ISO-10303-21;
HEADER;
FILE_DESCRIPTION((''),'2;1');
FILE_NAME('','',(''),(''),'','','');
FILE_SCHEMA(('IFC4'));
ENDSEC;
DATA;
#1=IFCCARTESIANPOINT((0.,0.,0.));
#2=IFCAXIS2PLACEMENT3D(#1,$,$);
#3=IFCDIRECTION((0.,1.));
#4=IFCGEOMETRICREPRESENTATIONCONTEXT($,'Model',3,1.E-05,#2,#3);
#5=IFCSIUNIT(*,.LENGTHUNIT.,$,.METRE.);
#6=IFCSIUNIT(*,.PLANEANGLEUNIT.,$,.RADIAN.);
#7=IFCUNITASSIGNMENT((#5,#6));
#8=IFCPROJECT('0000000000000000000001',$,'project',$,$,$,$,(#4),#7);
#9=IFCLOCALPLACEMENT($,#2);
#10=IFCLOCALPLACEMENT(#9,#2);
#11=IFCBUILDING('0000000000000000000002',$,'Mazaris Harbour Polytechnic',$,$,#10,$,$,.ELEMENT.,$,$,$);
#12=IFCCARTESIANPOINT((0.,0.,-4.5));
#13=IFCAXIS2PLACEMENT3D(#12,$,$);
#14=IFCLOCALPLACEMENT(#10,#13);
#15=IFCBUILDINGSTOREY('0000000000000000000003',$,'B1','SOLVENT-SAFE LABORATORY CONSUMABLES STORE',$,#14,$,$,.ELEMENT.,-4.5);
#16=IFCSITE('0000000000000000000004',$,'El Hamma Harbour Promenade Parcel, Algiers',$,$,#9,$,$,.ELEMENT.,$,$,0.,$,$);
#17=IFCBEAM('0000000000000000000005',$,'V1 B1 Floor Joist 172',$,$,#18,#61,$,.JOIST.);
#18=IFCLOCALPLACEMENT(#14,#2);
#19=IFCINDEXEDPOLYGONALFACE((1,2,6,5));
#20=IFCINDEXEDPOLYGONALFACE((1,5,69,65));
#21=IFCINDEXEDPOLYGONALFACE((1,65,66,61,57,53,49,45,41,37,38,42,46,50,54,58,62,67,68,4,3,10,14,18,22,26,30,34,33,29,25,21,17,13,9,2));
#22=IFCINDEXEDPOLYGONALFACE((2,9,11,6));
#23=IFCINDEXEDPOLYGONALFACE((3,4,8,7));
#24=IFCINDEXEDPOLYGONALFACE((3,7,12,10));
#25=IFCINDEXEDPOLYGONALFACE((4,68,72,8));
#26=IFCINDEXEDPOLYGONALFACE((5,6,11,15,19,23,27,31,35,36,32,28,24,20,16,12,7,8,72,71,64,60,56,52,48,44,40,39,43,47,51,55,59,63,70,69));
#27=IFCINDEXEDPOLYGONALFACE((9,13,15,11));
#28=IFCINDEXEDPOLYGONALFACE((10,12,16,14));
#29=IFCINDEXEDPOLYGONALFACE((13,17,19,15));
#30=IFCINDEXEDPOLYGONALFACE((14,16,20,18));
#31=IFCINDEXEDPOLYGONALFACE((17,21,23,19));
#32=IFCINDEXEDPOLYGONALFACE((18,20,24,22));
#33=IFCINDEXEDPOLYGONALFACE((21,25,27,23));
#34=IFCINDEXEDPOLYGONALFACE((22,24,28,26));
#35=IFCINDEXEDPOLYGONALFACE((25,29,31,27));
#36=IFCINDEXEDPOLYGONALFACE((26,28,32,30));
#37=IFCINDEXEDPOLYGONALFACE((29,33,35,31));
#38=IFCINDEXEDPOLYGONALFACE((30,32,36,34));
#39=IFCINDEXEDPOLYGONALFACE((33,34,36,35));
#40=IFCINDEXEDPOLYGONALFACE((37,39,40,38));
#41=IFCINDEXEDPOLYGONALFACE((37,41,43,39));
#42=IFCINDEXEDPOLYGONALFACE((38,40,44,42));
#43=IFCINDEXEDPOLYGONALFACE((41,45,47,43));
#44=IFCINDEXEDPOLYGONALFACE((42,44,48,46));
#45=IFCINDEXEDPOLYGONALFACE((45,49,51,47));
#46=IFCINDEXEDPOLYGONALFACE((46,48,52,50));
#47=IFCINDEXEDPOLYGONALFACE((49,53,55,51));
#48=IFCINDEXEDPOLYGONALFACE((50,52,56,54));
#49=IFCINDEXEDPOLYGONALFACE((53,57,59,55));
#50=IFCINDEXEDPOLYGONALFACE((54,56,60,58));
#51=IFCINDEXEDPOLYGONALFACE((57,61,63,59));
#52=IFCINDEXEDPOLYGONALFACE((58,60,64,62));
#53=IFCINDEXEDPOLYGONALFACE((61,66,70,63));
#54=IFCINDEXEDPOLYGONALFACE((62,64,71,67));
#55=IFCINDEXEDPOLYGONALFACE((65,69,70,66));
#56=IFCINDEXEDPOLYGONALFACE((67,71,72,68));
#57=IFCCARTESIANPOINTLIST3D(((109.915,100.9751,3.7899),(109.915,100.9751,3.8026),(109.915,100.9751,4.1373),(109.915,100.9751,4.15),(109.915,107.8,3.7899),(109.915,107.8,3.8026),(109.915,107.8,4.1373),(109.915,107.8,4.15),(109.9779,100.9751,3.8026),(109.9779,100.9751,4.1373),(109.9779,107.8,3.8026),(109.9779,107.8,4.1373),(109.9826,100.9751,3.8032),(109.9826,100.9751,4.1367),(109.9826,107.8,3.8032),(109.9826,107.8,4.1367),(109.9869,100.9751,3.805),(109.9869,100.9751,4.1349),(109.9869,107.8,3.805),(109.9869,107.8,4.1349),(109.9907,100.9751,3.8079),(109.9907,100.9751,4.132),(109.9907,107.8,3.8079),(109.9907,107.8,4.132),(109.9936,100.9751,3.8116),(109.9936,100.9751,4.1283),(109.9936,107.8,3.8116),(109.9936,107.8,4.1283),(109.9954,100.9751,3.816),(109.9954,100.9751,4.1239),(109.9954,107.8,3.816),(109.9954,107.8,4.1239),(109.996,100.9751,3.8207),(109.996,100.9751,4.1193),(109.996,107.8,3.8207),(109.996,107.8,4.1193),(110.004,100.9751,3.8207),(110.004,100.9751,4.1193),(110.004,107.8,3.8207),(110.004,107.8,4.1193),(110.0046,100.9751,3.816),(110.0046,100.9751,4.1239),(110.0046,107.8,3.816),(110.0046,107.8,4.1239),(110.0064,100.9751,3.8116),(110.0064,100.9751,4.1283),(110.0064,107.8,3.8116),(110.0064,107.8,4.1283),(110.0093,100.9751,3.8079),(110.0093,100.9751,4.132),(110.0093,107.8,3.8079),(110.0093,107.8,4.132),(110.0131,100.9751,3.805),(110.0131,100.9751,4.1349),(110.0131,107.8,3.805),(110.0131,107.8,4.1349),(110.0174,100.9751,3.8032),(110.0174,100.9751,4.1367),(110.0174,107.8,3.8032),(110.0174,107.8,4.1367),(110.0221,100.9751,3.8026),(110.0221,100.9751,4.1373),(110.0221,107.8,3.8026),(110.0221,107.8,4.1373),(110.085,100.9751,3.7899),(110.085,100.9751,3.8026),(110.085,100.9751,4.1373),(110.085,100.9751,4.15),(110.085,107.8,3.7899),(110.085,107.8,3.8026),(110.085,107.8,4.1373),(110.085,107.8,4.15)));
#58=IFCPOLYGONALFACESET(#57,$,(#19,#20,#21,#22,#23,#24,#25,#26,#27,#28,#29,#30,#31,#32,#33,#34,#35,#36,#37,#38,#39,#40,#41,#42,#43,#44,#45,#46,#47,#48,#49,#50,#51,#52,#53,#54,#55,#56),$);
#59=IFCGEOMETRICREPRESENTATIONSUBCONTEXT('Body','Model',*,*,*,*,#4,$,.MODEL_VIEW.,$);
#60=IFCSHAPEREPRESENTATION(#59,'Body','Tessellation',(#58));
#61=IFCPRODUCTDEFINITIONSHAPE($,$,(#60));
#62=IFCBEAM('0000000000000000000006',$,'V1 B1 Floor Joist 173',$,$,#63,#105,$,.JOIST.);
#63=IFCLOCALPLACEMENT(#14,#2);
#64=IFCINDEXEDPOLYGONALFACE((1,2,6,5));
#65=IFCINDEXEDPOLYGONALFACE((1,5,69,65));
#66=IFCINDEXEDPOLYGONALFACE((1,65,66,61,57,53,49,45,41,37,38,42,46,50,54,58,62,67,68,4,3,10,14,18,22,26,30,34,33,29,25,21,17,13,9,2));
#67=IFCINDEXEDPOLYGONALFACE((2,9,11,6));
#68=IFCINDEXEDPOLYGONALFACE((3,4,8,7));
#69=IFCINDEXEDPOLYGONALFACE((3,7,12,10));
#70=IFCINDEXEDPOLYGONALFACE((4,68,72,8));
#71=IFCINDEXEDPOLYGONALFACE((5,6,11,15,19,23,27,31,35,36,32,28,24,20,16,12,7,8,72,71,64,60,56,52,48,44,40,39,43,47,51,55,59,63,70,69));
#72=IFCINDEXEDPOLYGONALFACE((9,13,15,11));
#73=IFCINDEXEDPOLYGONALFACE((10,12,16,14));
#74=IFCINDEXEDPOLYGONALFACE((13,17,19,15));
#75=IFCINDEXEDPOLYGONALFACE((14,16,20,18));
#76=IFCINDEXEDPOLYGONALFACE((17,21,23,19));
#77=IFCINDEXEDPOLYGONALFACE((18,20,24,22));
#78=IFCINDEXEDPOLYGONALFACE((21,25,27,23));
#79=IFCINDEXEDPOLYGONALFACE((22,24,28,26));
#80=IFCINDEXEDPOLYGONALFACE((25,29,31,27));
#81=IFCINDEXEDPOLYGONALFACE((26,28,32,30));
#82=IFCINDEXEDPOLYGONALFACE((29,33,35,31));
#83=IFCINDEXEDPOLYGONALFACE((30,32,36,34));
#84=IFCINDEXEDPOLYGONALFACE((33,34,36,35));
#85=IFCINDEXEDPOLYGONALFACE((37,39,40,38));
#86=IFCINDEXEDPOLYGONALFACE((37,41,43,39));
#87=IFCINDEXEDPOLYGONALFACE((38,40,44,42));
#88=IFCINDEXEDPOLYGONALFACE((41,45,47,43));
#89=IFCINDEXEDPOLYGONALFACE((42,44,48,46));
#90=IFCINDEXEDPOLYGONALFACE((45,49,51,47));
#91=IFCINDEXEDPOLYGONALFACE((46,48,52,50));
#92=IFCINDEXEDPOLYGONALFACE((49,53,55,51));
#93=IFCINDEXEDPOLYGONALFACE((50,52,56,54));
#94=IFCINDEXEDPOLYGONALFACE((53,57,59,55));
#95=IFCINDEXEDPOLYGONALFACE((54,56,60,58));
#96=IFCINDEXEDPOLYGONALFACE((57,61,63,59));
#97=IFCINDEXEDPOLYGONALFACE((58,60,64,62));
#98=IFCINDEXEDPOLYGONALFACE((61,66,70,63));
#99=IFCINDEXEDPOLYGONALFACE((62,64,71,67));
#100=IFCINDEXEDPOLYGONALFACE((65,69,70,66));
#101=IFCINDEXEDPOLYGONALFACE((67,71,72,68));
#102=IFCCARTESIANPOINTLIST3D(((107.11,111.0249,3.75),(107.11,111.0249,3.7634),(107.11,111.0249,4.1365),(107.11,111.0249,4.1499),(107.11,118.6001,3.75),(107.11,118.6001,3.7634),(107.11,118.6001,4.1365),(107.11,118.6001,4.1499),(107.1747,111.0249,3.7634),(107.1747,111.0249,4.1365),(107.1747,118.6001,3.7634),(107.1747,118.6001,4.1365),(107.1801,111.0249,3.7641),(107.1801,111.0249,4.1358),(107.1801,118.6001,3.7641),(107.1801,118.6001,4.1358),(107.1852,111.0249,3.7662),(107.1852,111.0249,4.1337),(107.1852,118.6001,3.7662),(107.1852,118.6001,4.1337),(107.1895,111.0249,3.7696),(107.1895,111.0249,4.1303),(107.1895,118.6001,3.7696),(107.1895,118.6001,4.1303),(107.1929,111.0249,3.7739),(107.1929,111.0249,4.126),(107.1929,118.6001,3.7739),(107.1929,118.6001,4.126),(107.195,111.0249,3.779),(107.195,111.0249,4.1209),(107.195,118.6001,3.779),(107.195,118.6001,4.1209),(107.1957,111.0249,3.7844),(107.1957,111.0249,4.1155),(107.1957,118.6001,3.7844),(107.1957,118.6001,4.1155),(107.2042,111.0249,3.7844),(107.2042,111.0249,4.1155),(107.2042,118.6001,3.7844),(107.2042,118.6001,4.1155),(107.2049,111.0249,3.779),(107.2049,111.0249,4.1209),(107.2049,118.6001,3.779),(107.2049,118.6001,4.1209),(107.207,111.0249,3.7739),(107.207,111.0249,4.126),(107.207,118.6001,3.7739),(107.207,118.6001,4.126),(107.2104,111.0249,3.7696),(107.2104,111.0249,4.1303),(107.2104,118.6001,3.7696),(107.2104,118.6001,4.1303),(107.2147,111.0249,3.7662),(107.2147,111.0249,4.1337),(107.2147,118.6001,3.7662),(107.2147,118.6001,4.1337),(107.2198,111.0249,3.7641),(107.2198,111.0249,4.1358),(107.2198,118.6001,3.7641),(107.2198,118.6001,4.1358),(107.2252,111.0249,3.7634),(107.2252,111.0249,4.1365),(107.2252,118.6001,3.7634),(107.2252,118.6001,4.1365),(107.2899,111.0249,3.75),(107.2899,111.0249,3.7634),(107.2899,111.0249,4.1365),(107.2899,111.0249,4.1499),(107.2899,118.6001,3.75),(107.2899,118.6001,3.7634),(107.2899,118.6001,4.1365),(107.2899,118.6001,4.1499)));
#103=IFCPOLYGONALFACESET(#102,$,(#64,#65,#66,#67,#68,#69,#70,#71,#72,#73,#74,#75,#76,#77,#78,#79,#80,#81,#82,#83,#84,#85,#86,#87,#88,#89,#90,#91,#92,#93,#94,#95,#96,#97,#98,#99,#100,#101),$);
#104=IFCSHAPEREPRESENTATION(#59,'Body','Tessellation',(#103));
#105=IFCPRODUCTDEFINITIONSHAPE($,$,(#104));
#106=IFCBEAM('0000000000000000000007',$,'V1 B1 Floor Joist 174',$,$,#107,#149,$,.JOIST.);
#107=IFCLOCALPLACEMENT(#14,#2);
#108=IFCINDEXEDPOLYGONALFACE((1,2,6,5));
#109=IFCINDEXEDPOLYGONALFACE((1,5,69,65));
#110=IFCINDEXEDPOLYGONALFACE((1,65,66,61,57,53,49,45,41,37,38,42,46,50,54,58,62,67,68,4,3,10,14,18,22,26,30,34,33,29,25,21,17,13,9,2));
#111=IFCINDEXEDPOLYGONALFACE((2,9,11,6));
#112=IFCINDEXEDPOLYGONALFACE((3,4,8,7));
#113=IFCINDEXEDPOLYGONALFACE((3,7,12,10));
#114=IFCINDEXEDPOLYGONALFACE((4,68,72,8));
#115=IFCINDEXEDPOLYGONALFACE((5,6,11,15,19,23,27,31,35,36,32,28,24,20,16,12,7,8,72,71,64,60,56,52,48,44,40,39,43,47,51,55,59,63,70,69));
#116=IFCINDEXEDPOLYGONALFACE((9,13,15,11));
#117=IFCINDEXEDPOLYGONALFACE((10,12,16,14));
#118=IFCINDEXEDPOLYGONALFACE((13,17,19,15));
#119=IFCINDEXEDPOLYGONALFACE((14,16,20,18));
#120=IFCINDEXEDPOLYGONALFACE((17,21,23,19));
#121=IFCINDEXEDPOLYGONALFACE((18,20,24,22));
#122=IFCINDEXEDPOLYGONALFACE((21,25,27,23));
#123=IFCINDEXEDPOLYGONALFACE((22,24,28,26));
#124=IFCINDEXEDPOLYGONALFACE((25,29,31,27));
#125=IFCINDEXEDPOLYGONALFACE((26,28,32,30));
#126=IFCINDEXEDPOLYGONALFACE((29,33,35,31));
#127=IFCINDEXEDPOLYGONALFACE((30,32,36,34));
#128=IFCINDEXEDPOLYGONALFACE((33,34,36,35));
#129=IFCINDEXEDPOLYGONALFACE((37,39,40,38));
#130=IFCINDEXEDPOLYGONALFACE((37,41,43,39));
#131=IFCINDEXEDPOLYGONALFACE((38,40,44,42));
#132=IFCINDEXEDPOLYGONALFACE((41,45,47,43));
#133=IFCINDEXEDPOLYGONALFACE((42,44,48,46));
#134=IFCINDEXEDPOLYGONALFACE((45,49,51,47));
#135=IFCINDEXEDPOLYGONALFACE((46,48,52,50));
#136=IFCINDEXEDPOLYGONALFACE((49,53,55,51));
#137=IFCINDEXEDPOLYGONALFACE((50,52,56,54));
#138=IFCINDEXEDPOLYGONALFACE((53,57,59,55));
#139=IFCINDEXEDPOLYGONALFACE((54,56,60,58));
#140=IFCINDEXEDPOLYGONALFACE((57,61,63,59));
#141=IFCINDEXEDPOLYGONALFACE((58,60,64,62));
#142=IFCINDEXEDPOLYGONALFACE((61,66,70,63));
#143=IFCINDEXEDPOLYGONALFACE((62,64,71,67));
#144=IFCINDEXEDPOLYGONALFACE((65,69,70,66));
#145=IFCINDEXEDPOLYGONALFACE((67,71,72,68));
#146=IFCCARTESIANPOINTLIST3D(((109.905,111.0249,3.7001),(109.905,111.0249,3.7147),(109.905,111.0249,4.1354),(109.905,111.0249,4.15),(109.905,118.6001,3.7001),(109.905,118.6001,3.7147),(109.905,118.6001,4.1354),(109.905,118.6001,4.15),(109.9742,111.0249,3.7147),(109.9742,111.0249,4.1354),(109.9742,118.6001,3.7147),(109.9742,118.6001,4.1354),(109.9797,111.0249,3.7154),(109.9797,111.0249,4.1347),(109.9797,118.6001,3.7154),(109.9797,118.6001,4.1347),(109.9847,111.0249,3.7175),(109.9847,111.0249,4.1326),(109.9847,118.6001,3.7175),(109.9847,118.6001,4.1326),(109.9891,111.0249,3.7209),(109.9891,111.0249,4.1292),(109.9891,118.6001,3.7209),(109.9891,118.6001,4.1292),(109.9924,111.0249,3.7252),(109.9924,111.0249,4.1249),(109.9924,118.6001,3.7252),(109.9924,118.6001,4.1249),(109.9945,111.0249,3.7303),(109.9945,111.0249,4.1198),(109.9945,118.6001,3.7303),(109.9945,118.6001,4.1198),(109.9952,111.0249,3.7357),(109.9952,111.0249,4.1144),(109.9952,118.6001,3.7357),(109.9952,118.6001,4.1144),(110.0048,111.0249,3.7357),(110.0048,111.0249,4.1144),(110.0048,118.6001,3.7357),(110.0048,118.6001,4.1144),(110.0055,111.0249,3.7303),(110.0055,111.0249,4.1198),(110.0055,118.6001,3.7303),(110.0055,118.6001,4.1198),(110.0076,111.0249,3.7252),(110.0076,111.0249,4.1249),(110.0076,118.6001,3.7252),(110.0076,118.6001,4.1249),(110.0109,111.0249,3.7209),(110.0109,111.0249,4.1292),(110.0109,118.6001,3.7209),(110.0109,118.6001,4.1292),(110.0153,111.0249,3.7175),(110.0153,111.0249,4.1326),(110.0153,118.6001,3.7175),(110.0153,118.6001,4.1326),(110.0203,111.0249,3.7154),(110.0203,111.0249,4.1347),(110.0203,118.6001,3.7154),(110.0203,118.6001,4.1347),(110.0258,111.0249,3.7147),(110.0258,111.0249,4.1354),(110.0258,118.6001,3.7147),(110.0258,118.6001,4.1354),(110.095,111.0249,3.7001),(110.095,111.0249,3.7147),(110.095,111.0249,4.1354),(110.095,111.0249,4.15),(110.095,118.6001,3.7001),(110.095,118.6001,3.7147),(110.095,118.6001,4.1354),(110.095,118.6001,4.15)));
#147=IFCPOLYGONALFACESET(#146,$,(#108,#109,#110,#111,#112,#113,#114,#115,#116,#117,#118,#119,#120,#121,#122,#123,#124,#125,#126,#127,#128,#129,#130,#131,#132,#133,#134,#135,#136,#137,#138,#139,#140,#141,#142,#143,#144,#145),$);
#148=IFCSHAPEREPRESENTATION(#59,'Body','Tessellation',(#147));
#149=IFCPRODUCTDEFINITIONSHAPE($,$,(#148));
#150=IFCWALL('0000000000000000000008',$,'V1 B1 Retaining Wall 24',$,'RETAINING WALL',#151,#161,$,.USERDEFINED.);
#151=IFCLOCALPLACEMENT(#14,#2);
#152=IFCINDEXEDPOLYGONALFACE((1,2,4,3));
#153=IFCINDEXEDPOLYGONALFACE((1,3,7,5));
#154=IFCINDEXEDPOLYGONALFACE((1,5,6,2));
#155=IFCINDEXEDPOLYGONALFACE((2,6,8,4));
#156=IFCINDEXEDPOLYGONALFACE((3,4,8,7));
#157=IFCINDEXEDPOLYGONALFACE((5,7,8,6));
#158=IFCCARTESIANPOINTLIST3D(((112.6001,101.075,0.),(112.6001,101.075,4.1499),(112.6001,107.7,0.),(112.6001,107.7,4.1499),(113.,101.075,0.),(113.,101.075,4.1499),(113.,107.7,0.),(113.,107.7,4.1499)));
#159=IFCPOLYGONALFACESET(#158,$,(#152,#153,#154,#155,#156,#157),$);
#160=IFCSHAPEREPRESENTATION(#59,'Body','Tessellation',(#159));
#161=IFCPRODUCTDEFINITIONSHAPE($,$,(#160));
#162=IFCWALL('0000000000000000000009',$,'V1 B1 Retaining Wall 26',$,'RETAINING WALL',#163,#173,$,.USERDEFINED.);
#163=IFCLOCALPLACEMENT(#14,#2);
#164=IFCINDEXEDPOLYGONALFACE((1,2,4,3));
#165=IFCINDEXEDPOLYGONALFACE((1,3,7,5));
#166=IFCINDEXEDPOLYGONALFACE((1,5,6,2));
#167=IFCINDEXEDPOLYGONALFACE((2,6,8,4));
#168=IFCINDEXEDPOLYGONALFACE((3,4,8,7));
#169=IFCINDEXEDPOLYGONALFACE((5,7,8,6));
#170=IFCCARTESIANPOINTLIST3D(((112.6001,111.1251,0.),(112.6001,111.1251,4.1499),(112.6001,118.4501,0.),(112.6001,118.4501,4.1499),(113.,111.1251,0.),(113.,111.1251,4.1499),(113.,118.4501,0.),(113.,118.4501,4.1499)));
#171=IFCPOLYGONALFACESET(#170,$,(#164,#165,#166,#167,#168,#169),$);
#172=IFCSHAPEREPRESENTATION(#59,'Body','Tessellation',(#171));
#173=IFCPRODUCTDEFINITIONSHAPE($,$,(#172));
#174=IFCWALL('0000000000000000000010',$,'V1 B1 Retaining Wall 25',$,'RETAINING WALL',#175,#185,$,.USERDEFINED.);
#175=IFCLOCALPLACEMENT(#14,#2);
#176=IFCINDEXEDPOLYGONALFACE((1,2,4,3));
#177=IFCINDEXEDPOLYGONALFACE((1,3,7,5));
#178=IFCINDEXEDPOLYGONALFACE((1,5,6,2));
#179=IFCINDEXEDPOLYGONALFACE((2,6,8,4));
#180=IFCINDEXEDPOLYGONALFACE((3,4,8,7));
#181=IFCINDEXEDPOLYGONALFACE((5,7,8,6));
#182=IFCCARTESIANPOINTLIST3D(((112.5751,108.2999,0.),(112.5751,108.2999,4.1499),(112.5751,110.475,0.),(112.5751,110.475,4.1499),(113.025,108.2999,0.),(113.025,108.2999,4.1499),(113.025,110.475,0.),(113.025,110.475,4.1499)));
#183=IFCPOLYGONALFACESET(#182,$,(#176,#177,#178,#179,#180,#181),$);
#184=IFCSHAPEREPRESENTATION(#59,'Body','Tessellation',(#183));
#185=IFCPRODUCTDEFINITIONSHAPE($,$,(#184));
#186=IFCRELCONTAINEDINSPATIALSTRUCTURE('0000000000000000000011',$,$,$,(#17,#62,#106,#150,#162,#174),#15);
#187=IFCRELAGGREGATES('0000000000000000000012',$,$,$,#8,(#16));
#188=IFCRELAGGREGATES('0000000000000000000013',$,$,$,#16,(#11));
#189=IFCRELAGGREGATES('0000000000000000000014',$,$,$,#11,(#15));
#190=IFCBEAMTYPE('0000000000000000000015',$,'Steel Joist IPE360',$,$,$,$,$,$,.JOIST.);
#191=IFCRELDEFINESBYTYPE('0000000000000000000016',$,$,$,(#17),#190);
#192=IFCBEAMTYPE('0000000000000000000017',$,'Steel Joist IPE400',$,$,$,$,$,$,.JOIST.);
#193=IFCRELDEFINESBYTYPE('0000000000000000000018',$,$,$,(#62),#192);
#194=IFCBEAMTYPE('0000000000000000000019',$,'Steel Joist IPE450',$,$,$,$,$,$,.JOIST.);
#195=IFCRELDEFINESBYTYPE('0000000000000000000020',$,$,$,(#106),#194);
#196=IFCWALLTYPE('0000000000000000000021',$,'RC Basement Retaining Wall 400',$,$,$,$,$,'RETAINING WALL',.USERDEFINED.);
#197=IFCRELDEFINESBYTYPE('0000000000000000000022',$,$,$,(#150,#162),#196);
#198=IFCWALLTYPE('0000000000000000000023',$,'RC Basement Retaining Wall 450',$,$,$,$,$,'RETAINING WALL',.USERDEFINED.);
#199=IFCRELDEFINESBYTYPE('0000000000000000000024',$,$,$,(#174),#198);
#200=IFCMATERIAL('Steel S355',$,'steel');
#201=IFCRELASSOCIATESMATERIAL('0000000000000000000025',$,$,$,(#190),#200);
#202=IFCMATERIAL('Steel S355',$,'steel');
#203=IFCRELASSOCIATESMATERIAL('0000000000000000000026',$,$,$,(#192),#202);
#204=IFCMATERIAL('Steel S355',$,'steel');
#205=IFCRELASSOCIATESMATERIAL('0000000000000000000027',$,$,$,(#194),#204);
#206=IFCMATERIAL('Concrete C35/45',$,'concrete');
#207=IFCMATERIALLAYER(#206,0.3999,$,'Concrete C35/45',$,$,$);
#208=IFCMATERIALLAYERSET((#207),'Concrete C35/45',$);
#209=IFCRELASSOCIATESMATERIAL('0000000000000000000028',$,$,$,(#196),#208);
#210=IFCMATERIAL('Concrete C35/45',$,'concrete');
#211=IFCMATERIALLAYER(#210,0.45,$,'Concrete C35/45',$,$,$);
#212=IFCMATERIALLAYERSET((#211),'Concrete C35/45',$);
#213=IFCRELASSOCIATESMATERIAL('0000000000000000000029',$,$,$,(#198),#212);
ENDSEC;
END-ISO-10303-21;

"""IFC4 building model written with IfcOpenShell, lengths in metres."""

from ifc_helpers import new_model, si_unit, direction, frame, frame_2d, origin, origin_2d, place, context, subcontext, project, spatial, rectangle, i_section, extrude, material, layer, layer_set, material_profile, profile_set, type_object, element, save


model = new_model("IFC4")

# Units and contexts
model_context = context("Model", 3, precision=1e-05, world=origin(), true_north=direction((0.0, 1.0)))
body_context = subcontext(model_context, "Body", "Model", "MODEL_VIEW")
ifc_project = project(units=[si_unit("LENGTHUNIT", "METRE"), si_unit("PLANEANGLEUNIT", "RADIAN")], contexts=[model_context])

# Site, building, storey
site_placement = place(None, origin())
site = spatial("IfcSite", under=ifc_project, at=site_placement, Name="El Hamma Harbour Promenade Parcel, Algiers", CompositionType="ELEMENT", RefElevation=0.0)
building_placement = place(site_placement, origin())
building = spatial("IfcBuilding", under=site, at=building_placement, Name="Mazaris Harbour Polytechnic", CompositionType="ELEMENT")
storey_placement = place(building_placement, frame((0.0, 0.0, -4.5)))
storey = spatial("IfcBuildingStorey", under=building, at=storey_placement, Name="B1", Description="SOLVENT-SAFE LABORATORY CONSUMABLES STORE", CompositionType="ELEMENT", Elevation=-4.5)

# Beams
ifc_material_1 = material(Name="Steel S355", Category="steel")
ifc_material_profile_1 = material_profile(ifc_material_1, i_section(OverallWidth=0.1699, OverallDepth=0.3601, WebThickness=0.0081, FlangeThickness=0.0127, FilletRadius=0.0181, at=origin_2d()), Name="IPE 360")
ifc_profile_set_1 = profile_set([ifc_material_profile_1], Name="Steel S355")
beam_type_1 = type_object("IfcBeamType", Name="Steel Joist IPE360", PredefinedType="JOIST", material=ifc_profile_set_1)
beam_1_placement = place(storey_placement, frame((110.0, 100.9751, 3.97), z_axis=(0.0, 1.0, 0.0), x_axis=(-1.0, 0.0, 0.0)))
element("IfcBeam", 1, at=beam_1_placement, inside=storey, type_object=beam_type_1, Name="V1 B1 Floor Joist 172", PredefinedType="JOIST", context=body_context, shape_type="SweptSolid", body=[
    extrude(i_section(OverallWidth=0.1699, OverallDepth=0.3601, WebThickness=0.0081, FlangeThickness=0.0127, FilletRadius=0.0181, at=origin_2d()), origin(), (0.0, 0.0, 1.0), 6.825),
])
ifc_material_2 = material(Name="Steel S355", Category="steel")
ifc_material_profile_2 = material_profile(ifc_material_2, i_section(OverallWidth=0.1799, OverallDepth=0.3999, WebThickness=0.0085, FlangeThickness=0.0134, FilletRadius=0.021, at=origin_2d()), Name="IPE 400")
ifc_profile_set_2 = profile_set([ifc_material_profile_2], Name="Steel S355")
beam_type_2 = type_object("IfcBeamType", Name="Steel Joist IPE400", PredefinedType="JOIST", material=ifc_profile_set_2)
beam_2_placement = place(storey_placement, frame((107.2, 111.0249, 3.95), z_axis=(0.0, 1.0, 0.0), x_axis=(-1.0, 0.0, 0.0)))
element("IfcBeam", 2, at=beam_2_placement, inside=storey, type_object=beam_type_2, Name="V1 B1 Floor Joist 173", PredefinedType="JOIST", context=body_context, shape_type="SweptSolid", body=[
    extrude(i_section(OverallWidth=0.1799, OverallDepth=0.3999, WebThickness=0.0085, FlangeThickness=0.0134, FilletRadius=0.021, at=origin_2d()), origin(), (0.0, 0.0, 1.0), 7.5752),
])
ifc_material_3 = material(Name="Steel S355", Category="steel")
ifc_material_profile_3 = material_profile(ifc_material_3, i_section(OverallWidth=0.1899, OverallDepth=0.45, WebThickness=0.0095, FlangeThickness=0.0146, FilletRadius=0.021, at=origin_2d()), Name="IPE 450")
ifc_profile_set_3 = profile_set([ifc_material_profile_3], Name="Steel S355")
beam_type_3 = type_object("IfcBeamType", Name="Steel Joist IPE450", PredefinedType="JOIST", material=ifc_profile_set_3)
beam_3_placement = place(storey_placement, frame((110.0, 111.0249, 3.925), z_axis=(0.0, 1.0, 0.0), x_axis=(-1.0, 0.0, 0.0)))
element("IfcBeam", 3, at=beam_3_placement, inside=storey, type_object=beam_type_3, Name="V1 B1 Floor Joist 174", PredefinedType="JOIST", context=body_context, shape_type="SweptSolid", body=[
    extrude(i_section(OverallWidth=0.1899, OverallDepth=0.45, WebThickness=0.0095, FlangeThickness=0.0146, FilletRadius=0.021, at=origin_2d()), origin(), (0.0, 0.0, 1.0), 7.5752),
])

# Walls
ifc_material_4 = material(Name="Concrete C35/45", Category="concrete")
ifc_layer_1 = layer(ifc_material_4, 0.3999, Name="Concrete C35/45")
ifc_layer_set_1 = layer_set([ifc_layer_1], Name="Concrete C35/45")
wall_type_1 = type_object("IfcWallType", Name="RC Basement Retaining Wall 400", ElementType="RETAINING WALL", PredefinedType="USERDEFINED", material=ifc_layer_set_1)
wall_1_placement = place(storey_placement, frame((112.8, 101.075, 0.0), z_axis=(0.0, 0.0, 1.0), x_axis=(0.0, 1.0, 0.0)))
element("IfcWall", 4, at=wall_1_placement, inside=storey, type_object=wall_type_1, Name="V1 B1 Retaining Wall 24", ObjectType="RETAINING WALL", PredefinedType="USERDEFINED", context=body_context, shape_type="SweptSolid", body=[
    extrude(rectangle(XDim=6.625, YDim=0.3999, at=frame_2d((3.3125, 0.0))), origin(), (0.0, 0.0, 1.0), 4.1499),
])
wall_2_placement = place(storey_placement, frame((112.8, 111.125, 0.0), z_axis=(0.0, 0.0, 1.0), x_axis=(0.0, 1.0, 0.0)))
element("IfcWall", 5, at=wall_2_placement, inside=storey, type_object=wall_type_1, Name="V1 B1 Retaining Wall 26", ObjectType="RETAINING WALL", PredefinedType="USERDEFINED", context=body_context, shape_type="SweptSolid", body=[
    extrude(rectangle(XDim=7.325, YDim=0.3999, at=frame_2d((3.6626, 0.0))), origin(), (0.0, 0.0, 1.0), 4.1499),
])
ifc_material_5 = material(Name="Concrete C35/45", Category="concrete")
ifc_layer_2 = layer(ifc_material_5, 0.45, Name="Concrete C35/45")
ifc_layer_set_2 = layer_set([ifc_layer_2], Name="Concrete C35/45")
wall_type_2 = type_object("IfcWallType", Name="RC Basement Retaining Wall 450", ElementType="RETAINING WALL", PredefinedType="USERDEFINED", material=ifc_layer_set_2)
wall_3_placement = place(storey_placement, frame((112.8, 108.3, 0.0), z_axis=(0.0, 0.0, 1.0), x_axis=(0.0, 1.0, 0.0)))
element("IfcWall", 6, at=wall_3_placement, inside=storey, type_object=wall_type_2, Name="V1 B1 Retaining Wall 25", ObjectType="RETAINING WALL", PredefinedType="USERDEFINED", context=body_context, shape_type="SweptSolid", body=[
    extrude(rectangle(XDim=2.175, YDim=0.45, at=frame_2d((1.0874, 0.0))), origin(), (0.0, 0.0, 1.0), 4.1499),
])

save(model, "model.ifc")
